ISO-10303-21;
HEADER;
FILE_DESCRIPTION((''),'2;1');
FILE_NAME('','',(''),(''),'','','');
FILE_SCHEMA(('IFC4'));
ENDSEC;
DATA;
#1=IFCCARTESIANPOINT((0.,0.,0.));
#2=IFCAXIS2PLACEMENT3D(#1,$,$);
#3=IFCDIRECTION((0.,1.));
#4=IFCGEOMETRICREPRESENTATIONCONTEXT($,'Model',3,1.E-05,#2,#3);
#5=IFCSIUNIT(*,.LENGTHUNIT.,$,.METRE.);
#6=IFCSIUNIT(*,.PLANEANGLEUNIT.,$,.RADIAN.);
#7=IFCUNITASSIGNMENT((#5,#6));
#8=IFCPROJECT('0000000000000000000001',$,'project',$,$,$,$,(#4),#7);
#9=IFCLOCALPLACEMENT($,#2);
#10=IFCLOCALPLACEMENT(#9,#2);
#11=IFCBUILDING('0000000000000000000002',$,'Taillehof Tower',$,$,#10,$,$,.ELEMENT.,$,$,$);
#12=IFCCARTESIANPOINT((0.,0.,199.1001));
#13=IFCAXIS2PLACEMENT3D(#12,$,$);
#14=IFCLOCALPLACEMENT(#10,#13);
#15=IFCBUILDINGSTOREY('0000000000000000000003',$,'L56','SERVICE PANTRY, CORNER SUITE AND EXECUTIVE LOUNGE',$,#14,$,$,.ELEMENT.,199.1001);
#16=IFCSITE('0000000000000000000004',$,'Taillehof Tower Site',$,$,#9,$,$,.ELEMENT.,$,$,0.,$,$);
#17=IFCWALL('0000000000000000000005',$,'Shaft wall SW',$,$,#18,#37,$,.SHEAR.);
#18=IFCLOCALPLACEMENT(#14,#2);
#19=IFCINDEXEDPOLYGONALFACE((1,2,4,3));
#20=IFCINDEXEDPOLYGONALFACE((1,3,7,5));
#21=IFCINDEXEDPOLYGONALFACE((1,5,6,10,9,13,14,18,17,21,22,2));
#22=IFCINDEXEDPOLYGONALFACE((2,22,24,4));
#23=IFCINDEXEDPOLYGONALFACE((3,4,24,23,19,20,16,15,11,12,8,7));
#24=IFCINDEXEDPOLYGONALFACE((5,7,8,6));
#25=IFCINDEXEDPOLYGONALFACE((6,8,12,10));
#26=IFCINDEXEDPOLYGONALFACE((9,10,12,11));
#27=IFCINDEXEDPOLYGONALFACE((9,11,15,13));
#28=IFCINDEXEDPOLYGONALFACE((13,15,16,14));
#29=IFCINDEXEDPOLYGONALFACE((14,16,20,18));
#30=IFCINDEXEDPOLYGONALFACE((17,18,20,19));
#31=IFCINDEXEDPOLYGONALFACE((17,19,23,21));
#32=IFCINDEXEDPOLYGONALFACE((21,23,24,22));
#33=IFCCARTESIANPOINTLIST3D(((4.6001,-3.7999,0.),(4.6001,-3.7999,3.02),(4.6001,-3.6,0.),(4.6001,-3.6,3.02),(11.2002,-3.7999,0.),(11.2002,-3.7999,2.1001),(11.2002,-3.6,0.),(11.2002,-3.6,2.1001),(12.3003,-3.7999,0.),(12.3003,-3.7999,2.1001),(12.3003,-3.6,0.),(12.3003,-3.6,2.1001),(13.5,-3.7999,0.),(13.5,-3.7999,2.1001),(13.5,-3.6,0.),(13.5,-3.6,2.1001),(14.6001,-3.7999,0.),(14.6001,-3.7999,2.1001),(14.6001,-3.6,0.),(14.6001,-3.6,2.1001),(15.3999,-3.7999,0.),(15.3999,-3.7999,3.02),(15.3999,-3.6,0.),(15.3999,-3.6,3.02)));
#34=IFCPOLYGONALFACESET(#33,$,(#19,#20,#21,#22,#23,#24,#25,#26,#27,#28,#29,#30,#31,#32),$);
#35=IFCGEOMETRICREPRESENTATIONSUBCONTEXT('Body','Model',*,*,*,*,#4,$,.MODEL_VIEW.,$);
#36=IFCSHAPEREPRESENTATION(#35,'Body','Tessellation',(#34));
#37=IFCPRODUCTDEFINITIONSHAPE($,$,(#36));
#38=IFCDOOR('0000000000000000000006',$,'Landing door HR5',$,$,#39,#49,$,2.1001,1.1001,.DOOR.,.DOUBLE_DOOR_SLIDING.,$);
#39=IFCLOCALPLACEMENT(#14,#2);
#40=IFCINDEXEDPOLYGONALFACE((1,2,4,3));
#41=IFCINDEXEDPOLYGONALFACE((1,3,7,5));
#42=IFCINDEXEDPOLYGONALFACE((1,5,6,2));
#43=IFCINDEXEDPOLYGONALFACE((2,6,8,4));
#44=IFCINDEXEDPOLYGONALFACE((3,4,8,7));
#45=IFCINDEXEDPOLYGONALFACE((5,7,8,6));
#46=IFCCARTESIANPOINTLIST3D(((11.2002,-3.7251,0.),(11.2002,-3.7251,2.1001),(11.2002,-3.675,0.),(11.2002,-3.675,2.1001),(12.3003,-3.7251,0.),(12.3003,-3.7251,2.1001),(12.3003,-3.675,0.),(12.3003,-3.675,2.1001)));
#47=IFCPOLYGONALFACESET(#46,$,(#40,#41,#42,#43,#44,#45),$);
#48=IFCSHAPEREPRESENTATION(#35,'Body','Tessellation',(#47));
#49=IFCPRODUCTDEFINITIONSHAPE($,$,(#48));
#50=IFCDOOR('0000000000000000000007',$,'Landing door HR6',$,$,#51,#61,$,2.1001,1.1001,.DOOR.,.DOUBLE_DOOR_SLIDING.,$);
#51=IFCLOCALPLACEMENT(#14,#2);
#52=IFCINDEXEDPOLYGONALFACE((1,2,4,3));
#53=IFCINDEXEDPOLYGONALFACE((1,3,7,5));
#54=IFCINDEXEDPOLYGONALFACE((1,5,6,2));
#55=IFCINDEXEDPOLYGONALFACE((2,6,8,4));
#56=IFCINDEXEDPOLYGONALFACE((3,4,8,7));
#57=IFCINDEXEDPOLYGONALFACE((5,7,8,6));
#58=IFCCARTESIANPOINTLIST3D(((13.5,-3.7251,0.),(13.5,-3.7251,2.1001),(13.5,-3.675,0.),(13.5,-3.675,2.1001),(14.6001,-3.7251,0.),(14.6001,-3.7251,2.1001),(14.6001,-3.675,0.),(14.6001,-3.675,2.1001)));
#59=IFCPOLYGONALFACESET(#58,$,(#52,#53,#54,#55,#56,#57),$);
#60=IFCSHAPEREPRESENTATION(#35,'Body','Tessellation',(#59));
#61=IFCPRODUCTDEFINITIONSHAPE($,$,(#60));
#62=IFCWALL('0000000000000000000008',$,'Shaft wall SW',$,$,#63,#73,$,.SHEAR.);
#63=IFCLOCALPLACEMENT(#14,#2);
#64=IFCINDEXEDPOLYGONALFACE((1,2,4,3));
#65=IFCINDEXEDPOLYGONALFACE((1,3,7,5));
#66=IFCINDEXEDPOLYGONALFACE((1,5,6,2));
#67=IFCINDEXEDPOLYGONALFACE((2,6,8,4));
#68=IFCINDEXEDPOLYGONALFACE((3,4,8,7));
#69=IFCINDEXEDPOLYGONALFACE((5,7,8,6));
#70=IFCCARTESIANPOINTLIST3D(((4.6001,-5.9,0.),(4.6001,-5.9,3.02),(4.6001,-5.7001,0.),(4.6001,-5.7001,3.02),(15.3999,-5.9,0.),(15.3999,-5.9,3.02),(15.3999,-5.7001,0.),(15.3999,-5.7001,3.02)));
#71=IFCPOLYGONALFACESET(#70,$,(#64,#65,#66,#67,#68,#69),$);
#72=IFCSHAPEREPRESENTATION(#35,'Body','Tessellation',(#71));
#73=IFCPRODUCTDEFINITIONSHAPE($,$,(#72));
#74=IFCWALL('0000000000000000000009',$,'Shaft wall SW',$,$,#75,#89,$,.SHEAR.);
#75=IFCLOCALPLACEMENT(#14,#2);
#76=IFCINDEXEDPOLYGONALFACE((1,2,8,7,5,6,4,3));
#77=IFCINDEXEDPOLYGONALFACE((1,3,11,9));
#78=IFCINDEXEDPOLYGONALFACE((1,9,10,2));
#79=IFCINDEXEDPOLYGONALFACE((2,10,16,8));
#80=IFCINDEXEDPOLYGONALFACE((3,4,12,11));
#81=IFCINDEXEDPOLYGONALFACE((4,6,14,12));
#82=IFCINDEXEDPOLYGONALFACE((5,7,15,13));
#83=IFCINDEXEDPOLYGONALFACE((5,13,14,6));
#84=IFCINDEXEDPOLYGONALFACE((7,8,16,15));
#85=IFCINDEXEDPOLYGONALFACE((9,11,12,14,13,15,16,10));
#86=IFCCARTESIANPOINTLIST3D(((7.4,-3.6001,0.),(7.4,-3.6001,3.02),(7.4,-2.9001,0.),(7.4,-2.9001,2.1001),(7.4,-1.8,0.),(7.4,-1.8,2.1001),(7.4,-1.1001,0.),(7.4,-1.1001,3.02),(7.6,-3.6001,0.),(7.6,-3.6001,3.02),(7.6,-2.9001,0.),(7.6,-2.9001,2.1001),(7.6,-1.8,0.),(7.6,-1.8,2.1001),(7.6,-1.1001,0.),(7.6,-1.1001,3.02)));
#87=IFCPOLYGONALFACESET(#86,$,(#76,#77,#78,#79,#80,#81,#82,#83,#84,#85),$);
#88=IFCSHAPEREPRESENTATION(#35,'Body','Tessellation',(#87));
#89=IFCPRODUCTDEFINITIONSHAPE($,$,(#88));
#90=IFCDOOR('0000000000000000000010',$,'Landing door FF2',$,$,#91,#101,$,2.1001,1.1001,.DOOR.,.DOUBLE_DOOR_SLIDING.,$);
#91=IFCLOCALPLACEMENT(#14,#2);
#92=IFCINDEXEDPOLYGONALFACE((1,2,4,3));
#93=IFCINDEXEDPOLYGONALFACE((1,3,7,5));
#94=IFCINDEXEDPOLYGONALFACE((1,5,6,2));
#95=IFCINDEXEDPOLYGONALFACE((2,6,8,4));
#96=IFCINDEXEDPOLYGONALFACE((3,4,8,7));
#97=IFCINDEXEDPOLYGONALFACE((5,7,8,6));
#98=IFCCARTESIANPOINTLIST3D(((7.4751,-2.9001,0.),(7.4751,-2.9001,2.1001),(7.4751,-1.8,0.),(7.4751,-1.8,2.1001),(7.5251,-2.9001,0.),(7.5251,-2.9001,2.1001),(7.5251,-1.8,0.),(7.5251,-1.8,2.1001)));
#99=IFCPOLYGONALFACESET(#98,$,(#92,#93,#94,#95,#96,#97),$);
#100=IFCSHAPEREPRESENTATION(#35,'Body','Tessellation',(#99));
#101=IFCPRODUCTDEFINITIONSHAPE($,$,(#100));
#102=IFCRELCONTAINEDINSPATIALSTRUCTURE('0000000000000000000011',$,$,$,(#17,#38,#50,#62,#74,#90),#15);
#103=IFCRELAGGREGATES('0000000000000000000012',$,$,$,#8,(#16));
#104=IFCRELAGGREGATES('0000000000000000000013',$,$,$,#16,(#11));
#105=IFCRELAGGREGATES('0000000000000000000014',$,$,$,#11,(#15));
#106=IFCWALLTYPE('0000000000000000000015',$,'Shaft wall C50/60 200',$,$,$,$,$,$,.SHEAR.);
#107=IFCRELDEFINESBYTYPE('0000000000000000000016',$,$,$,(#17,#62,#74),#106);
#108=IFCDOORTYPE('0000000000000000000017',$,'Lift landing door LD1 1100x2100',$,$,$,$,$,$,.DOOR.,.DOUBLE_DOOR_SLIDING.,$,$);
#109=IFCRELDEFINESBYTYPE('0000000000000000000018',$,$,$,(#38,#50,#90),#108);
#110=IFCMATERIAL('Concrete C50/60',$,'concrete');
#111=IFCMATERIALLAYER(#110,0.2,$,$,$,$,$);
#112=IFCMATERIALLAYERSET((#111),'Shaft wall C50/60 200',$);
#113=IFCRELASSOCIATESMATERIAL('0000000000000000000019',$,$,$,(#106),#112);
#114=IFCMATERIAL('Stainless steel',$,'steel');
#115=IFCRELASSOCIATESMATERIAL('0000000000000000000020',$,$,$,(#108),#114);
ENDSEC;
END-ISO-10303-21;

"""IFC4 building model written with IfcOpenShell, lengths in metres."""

from ifc_helpers import new_model, si_unit, direction, frame, frame_2d, origin, place, context, subcontext, project, spatial, rectangle, extrude, material, layer, layer_set, type_object, element, fill, save


model = new_model("IFC4")

# Units and contexts
model_context = context("Model", 3, precision=1e-05, world=origin(), true_north=direction((0.0, 1.0)))
body_context = subcontext(model_context, "Body", "Model", "MODEL_VIEW")
ifc_project = project(units=[si_unit("LENGTHUNIT", "METRE"), si_unit("PLANEANGLEUNIT", "RADIAN")], contexts=[model_context])

# Site, building, storey
site_placement = place(None, origin())
site = spatial("IfcSite", under=ifc_project, at=site_placement, Name="Taillehof Tower Site", CompositionType="ELEMENT", RefElevation=0.0)
building_placement = place(site_placement, origin())
building = spatial("IfcBuilding", under=site, at=building_placement, Name="Taillehof Tower", CompositionType="ELEMENT")
storey_placement = place(building_placement, frame((0.0, 0.0, 199.1001)))
storey = spatial("IfcBuildingStorey", under=building, at=storey_placement, Name="L56", Description="SERVICE PANTRY, CORNER SUITE AND EXECUTIVE LOUNGE", CompositionType="ELEMENT", Elevation=199.1001)

# Shared definitions
ifc_material_1 = material(Name="Concrete C50/60", Category="concrete")
ifc_layer_1 = layer(ifc_material_1, 0.2)
ifc_layer_set_1 = layer_set([ifc_layer_1], Name="Shaft wall C50/60 200")
wall_type_1 = type_object("IfcWallType", Name="Shaft wall C50/60 200", PredefinedType="SHEAR", material=ifc_layer_set_1)

# Wall, openings, doors
wall_1_placement = place(storey_placement, frame((4.6001, -3.7, 0.0), z_axis=(0.0, 0.0, 1.0), x_axis=(1.0, 0.0, 0.0)))
wall_1 = element("IfcWall", 1, at=wall_1_placement, inside=storey, type_object=wall_type_1, Name="Shaft wall SW", PredefinedType="SHEAR", context=body_context, shape_type="SweptSolid", body=[
    extrude(rectangle(XDim=10.7998, YDim=0.2, at=frame_2d((5.3999, 0.0))), origin(), (0.0, 0.0, 1.0), 3.02),
])
opening_1_placement = place(wall_1_placement, frame((6.6001, 0.0, 0.0)))
opening_1 = element("IfcOpeningElement", 2, at=opening_1_placement, cuts=wall_1, PredefinedType="OPENING", context=body_context, shape_type="SweptSolid", body=[
    extrude(rectangle(XDim=1.1001, YDim=2.1001, at=frame_2d((0.55, 1.05))), frame((0.0, 0.1099, 0.0), z_axis=(0.0, -1.0, 0.0), x_axis=(1.0, 0.0, 0.0)), (0.0, 0.0, 1.0), 0.22),
])
opening_2_placement = place(wall_1_placement, frame((8.8999, 0.0, 0.0)))
opening_2 = element("IfcOpeningElement", 3, at=opening_2_placement, cuts=wall_1, PredefinedType="OPENING", context=body_context, shape_type="SweptSolid", body=[
    extrude(rectangle(XDim=1.1001, YDim=2.1001, at=frame_2d((0.55, 1.05))), frame((0.0, 0.1099, 0.0), z_axis=(0.0, -1.0, 0.0), x_axis=(1.0, 0.0, 0.0)), (0.0, 0.0, 1.0), 0.22),
])
ifc_material_2 = material(Name="Stainless steel", Category="steel")
door_type_1 = type_object("IfcDoorType", Name="Lift landing door LD1 1100x2100", OperationType="DOUBLE_DOOR_SLIDING", PredefinedType="DOOR", material=ifc_material_2)
door_1_placement = place(opening_1_placement, origin())
door_1 = element("IfcDoor", 4, at=door_1_placement, inside=storey, type_object=door_type_1, Name="Landing door HR5", OperationType="DOUBLE_DOOR_SLIDING", OverallHeight=2.1001, OverallWidth=1.1001, PredefinedType="DOOR", context=body_context, shape_type="SweptSolid", body=[
    extrude(rectangle(XDim=1.1001, YDim=2.1001, at=frame_2d((0.55, 1.05))), frame((0.0, 0.0249, 0.0), z_axis=(0.0, -1.0, 0.0), x_axis=(1.0, 0.0, 0.0)), (0.0, 0.0, 1.0), 0.05),
])
fill(opening_1, door_1)
door_2_placement = place(opening_2_placement, origin())
door_2 = element("IfcDoor", 5, at=door_2_placement, inside=storey, type_object=door_type_1, Name="Landing door HR6", OperationType="DOUBLE_DOOR_SLIDING", OverallHeight=2.1001, OverallWidth=1.1001, PredefinedType="DOOR", context=body_context, shape_type="SweptSolid", body=[
    extrude(rectangle(XDim=1.1001, YDim=2.1001, at=frame_2d((0.55, 1.05))), frame((0.0, 0.0249, 0.0), z_axis=(0.0, -1.0, 0.0), x_axis=(1.0, 0.0, 0.0)), (0.0, 0.0, 1.0), 0.05),
])
fill(opening_2, door_2)

# Wall
wall_2_placement = place(storey_placement, frame((4.6001, -5.8, 0.0), z_axis=(0.0, 0.0, 1.0), x_axis=(1.0, 0.0, 0.0)))
element("IfcWall", 6, at=wall_2_placement, inside=storey, type_object=wall_type_1, Name="Shaft wall SW", PredefinedType="SHEAR", context=body_context, shape_type="SweptSolid", body=[
    extrude(rectangle(XDim=10.7998, YDim=0.2, at=frame_2d((5.3999, 0.0))), origin(), (0.0, 0.0, 1.0), 3.02),
])

# Wall, opening, door
wall_3_placement = place(storey_placement, frame((7.5, -3.6001, 0.0), z_axis=(0.0, 0.0, 1.0), x_axis=(0.0, 1.0, 0.0)))
wall_3 = element("IfcWall", 7, at=wall_3_placement, inside=storey, type_object=wall_type_1, Name="Shaft wall SW", PredefinedType="SHEAR", context=body_context, shape_type="SweptSolid", body=[
    extrude(rectangle(XDim=2.5, YDim=0.2, at=frame_2d((1.25, 0.0))), origin(), (0.0, 0.0, 1.0), 3.02),
])
opening_3_placement = place(wall_3_placement, frame((0.7, 0.0, 0.0)))
opening_3 = element("IfcOpeningElement", 8, at=opening_3_placement, cuts=wall_3, PredefinedType="OPENING", context=body_context, shape_type="SweptSolid", body=[
    extrude(rectangle(XDim=1.1001, YDim=2.1001, at=frame_2d((0.55, 1.05))), frame((0.0, 0.1099, 0.0), z_axis=(0.0, -1.0, 0.0), x_axis=(1.0, 0.0, 0.0)), (0.0, 0.0, 1.0), 0.22),
])
door_3_placement = place(opening_3_placement, origin())
door_3 = element("IfcDoor", 9, at=door_3_placement, inside=storey, type_object=door_type_1, Name="Landing door FF2", OperationType="DOUBLE_DOOR_SLIDING", OverallHeight=2.1001, OverallWidth=1.1001, PredefinedType="DOOR", context=body_context, shape_type="SweptSolid", body=[
    extrude(rectangle(XDim=1.1001, YDim=2.1001, at=frame_2d((0.55, 1.05))), frame((0.0, 0.0249, 0.0), z_axis=(0.0, -1.0, 0.0), x_axis=(1.0, 0.0, 0.0)), (0.0, 0.0, 1.0), 0.05),
])
fill(opening_3, door_3)

save(model, "model.ifc")
